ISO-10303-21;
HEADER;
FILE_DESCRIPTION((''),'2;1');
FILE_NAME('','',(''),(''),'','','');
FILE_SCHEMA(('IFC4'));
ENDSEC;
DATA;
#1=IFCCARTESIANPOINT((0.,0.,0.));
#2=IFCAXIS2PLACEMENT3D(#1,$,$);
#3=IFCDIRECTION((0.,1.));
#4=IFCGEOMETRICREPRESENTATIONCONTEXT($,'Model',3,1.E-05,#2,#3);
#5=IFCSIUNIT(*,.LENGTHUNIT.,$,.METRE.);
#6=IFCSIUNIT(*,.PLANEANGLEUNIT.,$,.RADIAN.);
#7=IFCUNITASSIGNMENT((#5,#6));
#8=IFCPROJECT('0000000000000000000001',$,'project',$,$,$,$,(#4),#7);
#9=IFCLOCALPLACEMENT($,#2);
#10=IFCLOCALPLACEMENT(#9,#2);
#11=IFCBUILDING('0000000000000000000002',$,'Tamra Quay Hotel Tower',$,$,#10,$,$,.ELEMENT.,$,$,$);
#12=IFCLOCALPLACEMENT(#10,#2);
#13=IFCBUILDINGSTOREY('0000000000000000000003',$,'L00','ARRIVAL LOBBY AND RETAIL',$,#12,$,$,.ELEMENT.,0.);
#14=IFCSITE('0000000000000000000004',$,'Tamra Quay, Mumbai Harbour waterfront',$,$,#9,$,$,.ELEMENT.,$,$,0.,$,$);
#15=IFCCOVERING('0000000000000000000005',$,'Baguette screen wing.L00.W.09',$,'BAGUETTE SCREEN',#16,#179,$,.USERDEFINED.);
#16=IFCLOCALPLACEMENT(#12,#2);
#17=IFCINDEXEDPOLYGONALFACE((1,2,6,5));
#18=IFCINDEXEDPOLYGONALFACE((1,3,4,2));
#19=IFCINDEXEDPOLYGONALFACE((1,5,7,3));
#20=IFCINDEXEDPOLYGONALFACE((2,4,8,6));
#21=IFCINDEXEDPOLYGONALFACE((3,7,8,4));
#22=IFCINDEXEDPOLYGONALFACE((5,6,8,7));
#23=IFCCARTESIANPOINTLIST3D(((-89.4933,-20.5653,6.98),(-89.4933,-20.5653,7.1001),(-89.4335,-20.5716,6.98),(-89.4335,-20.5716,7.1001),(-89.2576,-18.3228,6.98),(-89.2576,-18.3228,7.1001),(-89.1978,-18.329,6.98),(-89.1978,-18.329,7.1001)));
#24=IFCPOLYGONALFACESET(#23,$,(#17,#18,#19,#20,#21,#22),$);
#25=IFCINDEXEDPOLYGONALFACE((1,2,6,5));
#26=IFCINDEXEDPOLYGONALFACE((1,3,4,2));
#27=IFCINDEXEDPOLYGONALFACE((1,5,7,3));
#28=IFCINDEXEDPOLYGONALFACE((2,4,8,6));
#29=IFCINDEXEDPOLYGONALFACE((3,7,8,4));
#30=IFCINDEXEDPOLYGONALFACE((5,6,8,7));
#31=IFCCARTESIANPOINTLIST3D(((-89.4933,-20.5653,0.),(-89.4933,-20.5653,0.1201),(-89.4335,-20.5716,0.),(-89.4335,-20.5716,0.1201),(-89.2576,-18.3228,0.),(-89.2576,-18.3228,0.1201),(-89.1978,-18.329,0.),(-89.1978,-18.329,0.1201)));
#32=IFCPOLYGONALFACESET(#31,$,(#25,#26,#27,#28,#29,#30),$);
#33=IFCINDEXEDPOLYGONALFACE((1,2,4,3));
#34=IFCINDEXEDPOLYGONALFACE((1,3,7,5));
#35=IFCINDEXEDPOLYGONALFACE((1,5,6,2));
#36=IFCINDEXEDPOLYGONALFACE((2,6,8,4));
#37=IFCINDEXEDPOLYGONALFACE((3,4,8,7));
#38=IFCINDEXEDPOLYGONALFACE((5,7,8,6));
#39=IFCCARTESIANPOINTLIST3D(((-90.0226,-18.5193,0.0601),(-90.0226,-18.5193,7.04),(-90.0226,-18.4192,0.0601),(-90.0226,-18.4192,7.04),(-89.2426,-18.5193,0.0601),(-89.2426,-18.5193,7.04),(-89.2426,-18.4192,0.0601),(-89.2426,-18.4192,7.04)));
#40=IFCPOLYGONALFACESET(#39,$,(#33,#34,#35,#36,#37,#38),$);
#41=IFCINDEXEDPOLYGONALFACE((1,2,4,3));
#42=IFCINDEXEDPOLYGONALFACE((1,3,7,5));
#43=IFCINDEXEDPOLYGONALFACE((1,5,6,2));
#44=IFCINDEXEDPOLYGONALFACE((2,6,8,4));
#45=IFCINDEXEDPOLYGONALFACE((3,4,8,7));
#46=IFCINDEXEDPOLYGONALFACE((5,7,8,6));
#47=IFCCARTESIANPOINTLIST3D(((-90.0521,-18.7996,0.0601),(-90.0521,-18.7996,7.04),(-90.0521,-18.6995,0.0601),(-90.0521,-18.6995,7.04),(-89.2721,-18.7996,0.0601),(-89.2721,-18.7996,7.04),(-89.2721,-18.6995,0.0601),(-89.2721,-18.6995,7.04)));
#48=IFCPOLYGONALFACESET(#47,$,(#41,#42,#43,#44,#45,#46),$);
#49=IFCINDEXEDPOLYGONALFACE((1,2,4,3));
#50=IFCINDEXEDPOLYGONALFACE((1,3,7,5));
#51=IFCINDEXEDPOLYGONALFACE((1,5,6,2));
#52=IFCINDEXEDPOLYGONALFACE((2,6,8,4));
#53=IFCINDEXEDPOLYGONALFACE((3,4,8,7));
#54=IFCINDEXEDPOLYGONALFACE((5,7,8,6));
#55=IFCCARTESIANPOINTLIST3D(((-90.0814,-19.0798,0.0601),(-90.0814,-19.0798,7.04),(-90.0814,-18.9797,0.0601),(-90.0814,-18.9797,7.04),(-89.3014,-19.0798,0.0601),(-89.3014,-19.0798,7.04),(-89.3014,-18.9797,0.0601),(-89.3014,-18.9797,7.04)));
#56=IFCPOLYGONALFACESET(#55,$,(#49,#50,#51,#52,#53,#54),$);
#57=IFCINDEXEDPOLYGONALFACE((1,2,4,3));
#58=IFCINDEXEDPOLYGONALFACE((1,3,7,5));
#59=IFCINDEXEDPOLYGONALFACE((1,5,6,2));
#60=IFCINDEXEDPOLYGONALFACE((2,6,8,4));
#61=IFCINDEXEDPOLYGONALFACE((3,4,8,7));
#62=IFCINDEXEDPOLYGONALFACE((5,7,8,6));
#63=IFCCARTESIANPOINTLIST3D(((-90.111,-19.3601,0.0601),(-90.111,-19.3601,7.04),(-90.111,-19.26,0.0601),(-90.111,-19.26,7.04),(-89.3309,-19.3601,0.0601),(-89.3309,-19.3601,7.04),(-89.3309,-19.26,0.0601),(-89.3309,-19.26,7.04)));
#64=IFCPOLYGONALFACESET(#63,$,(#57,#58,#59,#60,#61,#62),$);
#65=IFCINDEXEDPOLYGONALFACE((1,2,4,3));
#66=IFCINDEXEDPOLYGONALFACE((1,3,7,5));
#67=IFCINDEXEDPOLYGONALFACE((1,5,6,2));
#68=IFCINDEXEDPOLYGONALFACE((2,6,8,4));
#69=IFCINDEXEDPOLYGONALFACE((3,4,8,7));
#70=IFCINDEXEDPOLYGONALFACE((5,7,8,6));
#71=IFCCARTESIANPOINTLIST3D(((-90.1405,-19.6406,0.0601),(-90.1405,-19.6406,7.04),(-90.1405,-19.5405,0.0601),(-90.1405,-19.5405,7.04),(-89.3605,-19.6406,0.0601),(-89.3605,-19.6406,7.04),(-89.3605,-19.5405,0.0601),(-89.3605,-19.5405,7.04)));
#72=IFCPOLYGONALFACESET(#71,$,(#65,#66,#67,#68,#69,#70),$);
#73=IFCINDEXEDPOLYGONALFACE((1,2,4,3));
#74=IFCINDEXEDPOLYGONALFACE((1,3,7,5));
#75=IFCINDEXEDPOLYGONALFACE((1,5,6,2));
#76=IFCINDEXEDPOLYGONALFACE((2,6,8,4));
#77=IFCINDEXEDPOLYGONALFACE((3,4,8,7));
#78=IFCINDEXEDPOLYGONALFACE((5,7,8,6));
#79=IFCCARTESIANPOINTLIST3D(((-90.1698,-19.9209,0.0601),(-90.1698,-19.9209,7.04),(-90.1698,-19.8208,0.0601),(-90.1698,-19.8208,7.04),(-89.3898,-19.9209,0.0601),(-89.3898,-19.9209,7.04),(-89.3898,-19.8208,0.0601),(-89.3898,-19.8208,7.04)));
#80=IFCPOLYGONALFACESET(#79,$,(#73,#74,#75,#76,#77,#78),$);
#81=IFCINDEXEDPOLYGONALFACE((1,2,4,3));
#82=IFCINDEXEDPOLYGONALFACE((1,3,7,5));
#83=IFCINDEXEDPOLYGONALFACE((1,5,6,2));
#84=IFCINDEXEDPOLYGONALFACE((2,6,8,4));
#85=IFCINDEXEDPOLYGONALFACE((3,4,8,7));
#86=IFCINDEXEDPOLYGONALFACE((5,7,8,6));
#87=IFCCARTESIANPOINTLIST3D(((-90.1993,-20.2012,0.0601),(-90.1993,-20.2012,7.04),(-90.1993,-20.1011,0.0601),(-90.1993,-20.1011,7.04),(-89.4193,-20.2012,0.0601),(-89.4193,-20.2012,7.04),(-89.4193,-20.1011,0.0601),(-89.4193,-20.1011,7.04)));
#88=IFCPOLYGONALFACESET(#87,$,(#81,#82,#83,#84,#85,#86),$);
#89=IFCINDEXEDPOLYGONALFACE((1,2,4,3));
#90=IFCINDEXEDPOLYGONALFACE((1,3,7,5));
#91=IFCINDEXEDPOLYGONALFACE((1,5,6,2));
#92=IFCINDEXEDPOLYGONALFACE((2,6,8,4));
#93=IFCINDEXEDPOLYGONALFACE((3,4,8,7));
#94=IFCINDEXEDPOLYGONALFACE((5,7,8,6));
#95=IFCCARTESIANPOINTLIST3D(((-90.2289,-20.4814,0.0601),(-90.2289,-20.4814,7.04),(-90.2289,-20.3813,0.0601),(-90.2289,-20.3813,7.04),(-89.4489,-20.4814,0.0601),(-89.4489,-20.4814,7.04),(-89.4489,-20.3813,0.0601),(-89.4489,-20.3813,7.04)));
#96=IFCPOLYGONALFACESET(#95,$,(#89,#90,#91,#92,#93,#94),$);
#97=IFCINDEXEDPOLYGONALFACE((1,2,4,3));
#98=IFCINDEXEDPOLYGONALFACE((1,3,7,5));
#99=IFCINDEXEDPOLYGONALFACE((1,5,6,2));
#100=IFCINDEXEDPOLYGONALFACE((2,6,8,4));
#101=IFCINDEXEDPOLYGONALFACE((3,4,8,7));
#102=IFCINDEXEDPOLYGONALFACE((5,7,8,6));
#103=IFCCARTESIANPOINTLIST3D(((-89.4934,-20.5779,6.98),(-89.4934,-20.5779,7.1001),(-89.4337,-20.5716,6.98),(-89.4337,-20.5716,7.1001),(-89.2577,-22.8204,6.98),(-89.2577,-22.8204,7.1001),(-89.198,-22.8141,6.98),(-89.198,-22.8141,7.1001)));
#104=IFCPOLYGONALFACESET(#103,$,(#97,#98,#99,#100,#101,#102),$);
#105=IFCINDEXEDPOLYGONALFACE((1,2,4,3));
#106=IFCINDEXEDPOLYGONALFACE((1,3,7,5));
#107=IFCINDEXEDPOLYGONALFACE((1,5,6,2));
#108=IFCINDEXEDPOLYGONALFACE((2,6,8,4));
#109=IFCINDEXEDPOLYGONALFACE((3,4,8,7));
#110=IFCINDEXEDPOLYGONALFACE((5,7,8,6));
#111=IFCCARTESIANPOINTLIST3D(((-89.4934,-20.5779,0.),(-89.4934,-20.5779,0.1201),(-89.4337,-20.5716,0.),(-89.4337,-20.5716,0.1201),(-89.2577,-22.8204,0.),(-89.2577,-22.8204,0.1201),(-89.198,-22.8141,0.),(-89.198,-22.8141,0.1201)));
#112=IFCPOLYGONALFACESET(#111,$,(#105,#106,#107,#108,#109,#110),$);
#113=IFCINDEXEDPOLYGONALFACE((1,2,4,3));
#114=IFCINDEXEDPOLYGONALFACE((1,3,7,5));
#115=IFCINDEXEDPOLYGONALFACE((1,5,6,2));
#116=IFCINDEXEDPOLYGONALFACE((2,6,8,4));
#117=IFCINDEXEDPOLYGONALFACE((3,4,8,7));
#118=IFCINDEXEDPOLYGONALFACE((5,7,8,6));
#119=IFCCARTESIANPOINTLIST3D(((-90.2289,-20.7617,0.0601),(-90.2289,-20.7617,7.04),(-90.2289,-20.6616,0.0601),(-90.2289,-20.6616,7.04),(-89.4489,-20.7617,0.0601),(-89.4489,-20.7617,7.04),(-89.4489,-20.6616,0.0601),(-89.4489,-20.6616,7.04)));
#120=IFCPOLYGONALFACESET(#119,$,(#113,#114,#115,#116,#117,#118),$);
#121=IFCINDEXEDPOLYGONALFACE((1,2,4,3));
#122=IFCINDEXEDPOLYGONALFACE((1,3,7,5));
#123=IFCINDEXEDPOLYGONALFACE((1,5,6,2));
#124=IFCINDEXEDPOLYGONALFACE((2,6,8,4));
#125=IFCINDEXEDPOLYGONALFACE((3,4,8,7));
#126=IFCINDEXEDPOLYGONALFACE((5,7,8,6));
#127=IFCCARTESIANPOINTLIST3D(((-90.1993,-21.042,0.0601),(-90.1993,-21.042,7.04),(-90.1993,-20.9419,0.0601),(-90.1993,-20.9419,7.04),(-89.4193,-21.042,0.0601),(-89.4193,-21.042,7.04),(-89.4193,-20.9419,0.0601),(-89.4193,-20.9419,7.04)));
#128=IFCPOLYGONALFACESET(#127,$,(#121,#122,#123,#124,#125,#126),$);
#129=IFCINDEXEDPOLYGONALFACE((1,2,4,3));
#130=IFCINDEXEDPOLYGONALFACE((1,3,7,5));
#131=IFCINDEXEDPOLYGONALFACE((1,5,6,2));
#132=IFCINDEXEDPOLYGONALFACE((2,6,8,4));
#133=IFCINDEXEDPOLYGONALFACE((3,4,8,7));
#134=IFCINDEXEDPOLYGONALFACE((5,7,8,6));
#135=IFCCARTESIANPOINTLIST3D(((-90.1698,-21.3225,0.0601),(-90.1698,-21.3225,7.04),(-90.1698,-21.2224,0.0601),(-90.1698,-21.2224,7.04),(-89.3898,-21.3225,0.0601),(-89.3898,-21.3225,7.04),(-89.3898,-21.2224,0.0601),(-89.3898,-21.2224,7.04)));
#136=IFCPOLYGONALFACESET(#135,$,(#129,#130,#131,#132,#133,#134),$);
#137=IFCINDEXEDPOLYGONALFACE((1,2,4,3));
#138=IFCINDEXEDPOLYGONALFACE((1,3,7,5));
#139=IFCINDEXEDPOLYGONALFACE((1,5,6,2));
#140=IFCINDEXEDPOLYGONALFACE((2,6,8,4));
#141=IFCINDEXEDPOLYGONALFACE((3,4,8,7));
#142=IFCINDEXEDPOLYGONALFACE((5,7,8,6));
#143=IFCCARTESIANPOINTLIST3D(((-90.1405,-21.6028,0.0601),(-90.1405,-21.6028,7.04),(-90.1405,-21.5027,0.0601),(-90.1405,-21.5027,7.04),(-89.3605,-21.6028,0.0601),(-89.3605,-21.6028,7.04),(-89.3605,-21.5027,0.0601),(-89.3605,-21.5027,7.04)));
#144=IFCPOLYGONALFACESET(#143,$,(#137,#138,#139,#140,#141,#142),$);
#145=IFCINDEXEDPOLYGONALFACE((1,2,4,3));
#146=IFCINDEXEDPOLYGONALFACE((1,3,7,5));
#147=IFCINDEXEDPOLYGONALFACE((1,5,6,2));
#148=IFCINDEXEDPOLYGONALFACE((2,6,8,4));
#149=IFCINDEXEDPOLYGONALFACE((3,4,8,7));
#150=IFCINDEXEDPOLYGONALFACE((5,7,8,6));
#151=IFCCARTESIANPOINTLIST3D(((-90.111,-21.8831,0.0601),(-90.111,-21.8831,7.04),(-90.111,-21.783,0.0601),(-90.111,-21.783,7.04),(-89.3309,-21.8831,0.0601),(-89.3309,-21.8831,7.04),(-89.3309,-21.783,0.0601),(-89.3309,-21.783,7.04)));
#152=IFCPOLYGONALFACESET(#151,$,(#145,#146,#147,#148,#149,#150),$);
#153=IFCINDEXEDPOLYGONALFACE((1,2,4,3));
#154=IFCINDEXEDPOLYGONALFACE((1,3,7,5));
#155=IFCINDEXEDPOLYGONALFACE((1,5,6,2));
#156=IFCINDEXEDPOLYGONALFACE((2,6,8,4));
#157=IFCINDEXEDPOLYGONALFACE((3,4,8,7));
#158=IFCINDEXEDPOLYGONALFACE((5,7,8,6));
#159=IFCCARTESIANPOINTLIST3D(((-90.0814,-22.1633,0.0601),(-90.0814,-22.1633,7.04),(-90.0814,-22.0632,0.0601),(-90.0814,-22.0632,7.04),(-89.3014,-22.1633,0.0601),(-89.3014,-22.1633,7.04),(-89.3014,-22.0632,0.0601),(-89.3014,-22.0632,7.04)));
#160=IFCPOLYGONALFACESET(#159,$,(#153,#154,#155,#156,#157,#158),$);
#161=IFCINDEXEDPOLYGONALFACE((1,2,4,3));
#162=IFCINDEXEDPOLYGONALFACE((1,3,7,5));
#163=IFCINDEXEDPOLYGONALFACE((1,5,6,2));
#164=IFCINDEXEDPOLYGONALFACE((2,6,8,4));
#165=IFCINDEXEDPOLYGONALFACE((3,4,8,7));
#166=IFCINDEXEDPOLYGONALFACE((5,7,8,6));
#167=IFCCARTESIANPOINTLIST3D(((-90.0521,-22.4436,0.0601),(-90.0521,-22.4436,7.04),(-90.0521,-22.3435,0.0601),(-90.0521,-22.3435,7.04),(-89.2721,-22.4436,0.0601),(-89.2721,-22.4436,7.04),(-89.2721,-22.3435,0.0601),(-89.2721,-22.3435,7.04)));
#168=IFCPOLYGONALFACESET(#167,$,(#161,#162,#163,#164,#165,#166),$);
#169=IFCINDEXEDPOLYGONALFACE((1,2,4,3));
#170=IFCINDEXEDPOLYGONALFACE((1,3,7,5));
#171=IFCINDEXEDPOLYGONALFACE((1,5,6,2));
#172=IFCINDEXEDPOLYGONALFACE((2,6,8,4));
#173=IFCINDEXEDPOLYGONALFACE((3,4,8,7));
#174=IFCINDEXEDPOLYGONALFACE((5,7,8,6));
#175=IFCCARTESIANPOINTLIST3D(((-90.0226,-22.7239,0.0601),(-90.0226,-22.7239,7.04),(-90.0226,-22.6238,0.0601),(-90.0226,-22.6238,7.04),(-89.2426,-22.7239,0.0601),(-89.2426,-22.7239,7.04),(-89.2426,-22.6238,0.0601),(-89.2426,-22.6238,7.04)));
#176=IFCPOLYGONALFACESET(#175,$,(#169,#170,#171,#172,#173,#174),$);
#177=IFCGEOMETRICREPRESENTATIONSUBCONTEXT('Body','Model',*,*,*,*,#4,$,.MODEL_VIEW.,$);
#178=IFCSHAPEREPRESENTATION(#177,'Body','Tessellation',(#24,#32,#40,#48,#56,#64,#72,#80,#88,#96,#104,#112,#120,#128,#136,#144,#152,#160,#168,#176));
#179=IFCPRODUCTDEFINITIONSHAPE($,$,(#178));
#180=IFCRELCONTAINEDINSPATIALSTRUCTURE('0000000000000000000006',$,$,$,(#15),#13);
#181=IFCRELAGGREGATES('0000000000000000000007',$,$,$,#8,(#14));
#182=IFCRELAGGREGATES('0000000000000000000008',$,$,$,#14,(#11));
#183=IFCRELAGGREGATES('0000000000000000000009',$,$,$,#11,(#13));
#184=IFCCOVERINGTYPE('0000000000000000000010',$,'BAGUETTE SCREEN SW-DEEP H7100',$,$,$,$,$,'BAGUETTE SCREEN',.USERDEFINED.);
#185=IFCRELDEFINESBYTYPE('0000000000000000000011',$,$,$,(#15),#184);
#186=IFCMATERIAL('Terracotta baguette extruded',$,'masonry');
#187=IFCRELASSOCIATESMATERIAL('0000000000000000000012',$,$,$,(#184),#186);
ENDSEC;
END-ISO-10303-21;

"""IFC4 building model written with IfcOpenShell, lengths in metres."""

from ifc_helpers import new_model, si_unit, direction, frame, frame_2d, origin, place, context, subcontext, project, spatial, rectangle, extrude, source, transform, mapped, material, type_object, element, save


model = new_model("IFC4")

# Units and contexts
model_context = context("Model", 3, precision=1e-05, world=origin(), true_north=direction((0.0, 1.0)))
body_context = subcontext(model_context, "Body", "Model", "MODEL_VIEW")
ifc_project = project(units=[si_unit("LENGTHUNIT", "METRE"), si_unit("PLANEANGLEUNIT", "RADIAN")], contexts=[model_context])

# Site, building, storey
site_placement = place(None, origin())
site = spatial("IfcSite", under=ifc_project, at=site_placement, Name="Tamra Quay, Mumbai Harbour waterfront", CompositionType="ELEMENT", RefElevation=0.0)
building_placement = place(site_placement, origin())
building = spatial("IfcBuilding", under=site, at=building_placement, Name="Tamra Quay Hotel Tower", CompositionType="ELEMENT")
storey_placement = place(building_placement, origin())
storey = spatial("IfcBuildingStorey", under=building, at=storey_placement, Name="L00", Description="ARRIVAL LOBBY AND RETAIL", CompositionType="ELEMENT", Elevation=0.0)

# Covering
ifc_material_1 = material(Name="Terracotta baguette extruded", Category="masonry")
covering_type_1 = type_object("IfcCoveringType", Name="BAGUETTE SCREEN SW-DEEP H7100", ElementType="BAGUETTE SCREEN", PredefinedType="USERDEFINED", material=ifc_material_1)
shared_shape_1 = source(origin(), body_context, "Body", "SweptSolid", [
    extrude(rectangle(XDim=2.2549, YDim=0.0601, at=frame_2d((1.1274, 0.03))), frame((-2.2488, -0.0576, -0.1201), z_axis=(0.0, 0.0, 1.0), x_axis=(0.994522, -0.104528, 0.0)), (0.0, 0.0, 1.0), 0.1201),
    extrude(rectangle(XDim=2.2549, YDim=0.0601, at=frame_2d((1.1274, 0.03))), frame((-2.2488, -0.0576, -7.1001), z_axis=(0.0, 0.0, 1.0), x_axis=(0.994522, -0.104528, 0.0)), (0.0, 0.0, 1.0), 0.1201),
    extrude(rectangle(XDim=0.1001, YDim=0.78, at=frame_2d((0.05, 0.3901))), frame((-2.1523, -0.8228, -7.04)), (0.0, 0.0, 1.0), 6.98),
    extrude(rectangle(XDim=0.1001, YDim=0.78, at=frame_2d((0.05, 0.3901))), frame((-1.8721, -0.8523, -7.04)), (0.0, 0.0, 1.0), 6.98),
    extrude(rectangle(XDim=0.1001, YDim=0.78, at=frame_2d((0.05, 0.3901))), frame((-1.5918, -0.8816, -7.04)), (0.0, 0.0, 1.0), 6.98),
    extrude(rectangle(XDim=0.1001, YDim=0.78, at=frame_2d((0.05, 0.3901))), frame((-1.3115, -0.9111, -7.04)), (0.0, 0.0, 1.0), 6.98),
    extrude(rectangle(XDim=0.1001, YDim=0.78, at=frame_2d((0.05, 0.3901))), frame((-1.031, -0.9407, -7.04)), (0.0, 0.0, 1.0), 6.98),
    extrude(rectangle(XDim=0.1001, YDim=0.78, at=frame_2d((0.05, 0.3901))), frame((-0.7507, -0.97, -7.04)), (0.0, 0.0, 1.0), 6.98),
    extrude(rectangle(XDim=0.1001, YDim=0.78, at=frame_2d((0.05, 0.3901))), frame((-0.4705, -0.9995, -7.04)), (0.0, 0.0, 1.0), 6.98),
    extrude(rectangle(XDim=0.1001, YDim=0.78, at=frame_2d((0.05, 0.3901))), frame((-0.1902, -1.0291, -7.04)), (0.0, 0.0, 1.0), 6.98),
    extrude(rectangle(XDim=2.2549, YDim=0.0601, at=frame_2d((1.1274, 0.03))), frame((0.0063, -0.2935, -0.1201), z_axis=(0.0, 0.0, 1.0), x_axis=(0.994522, 0.104528, 0.0)), (0.0, 0.0, 1.0), 0.1201),
    extrude(rectangle(XDim=2.2549, YDim=0.0601, at=frame_2d((1.1274, 0.03))), frame((0.0063, -0.2935, -7.1001), z_axis=(0.0, 0.0, 1.0), x_axis=(0.994522, 0.104528, 0.0)), (0.0, 0.0, 1.0), 0.1201),
    extrude(rectangle(XDim=0.1001, YDim=0.78, at=frame_2d((0.05, 0.3901))), frame((0.0901, -1.0291, -7.04)), (0.0, 0.0, 1.0), 6.98),
    extrude(rectangle(XDim=0.1001, YDim=0.78, at=frame_2d((0.05, 0.3901))), frame((0.3704, -0.9995, -7.04)), (0.0, 0.0, 1.0), 6.98),
    extrude(rectangle(XDim=0.1001, YDim=0.78, at=frame_2d((0.05, 0.3901))), frame((0.6509, -0.97, -7.04)), (0.0, 0.0, 1.0), 6.98),
    extrude(rectangle(XDim=0.1001, YDim=0.78, at=frame_2d((0.05, 0.3901))), frame((0.9312, -0.9407, -7.04)), (0.0, 0.0, 1.0), 6.98),
    extrude(rectangle(XDim=0.1001, YDim=0.78, at=frame_2d((0.05, 0.3901))), frame((1.2114, -0.9111, -7.04)), (0.0, 0.0, 1.0), 6.98),
    extrude(rectangle(XDim=0.1001, YDim=0.78, at=frame_2d((0.05, 0.3901))), frame((1.4917, -0.8816, -7.04)), (0.0, 0.0, 1.0), 6.98),
    extrude(rectangle(XDim=0.1001, YDim=0.78, at=frame_2d((0.05, 0.3901))), frame((1.772, -0.8523, -7.04)), (0.0, 0.0, 1.0), 6.98),
    extrude(rectangle(XDim=0.1001, YDim=0.78, at=frame_2d((0.05, 0.3901))), frame((2.0522, -0.8228, -7.04)), (0.0, 0.0, 1.0), 6.98),
])
for number, where, z_axis, x_axis, name in (
    (1, (-89.2, -20.5715, 7.1001), (0.0, 0.0, 1.0), (0.0, -1.0, 0.0), "Baguette screen wing.L00.W.09"),
):
    element("IfcCovering", number, at=place(storey_placement, frame(where, z_axis=z_axis, x_axis=x_axis)), inside=storey, type_object=covering_type_1, Name=name, ObjectType="BAGUETTE SCREEN", PredefinedType="USERDEFINED", context=body_context, shape_type="MappedRepresentation", body=[
        mapped(shared_shape_1, transform((0.0, 0.0, 0.0), scale=1.0)),
    ])

save(model, "model.ifc")
